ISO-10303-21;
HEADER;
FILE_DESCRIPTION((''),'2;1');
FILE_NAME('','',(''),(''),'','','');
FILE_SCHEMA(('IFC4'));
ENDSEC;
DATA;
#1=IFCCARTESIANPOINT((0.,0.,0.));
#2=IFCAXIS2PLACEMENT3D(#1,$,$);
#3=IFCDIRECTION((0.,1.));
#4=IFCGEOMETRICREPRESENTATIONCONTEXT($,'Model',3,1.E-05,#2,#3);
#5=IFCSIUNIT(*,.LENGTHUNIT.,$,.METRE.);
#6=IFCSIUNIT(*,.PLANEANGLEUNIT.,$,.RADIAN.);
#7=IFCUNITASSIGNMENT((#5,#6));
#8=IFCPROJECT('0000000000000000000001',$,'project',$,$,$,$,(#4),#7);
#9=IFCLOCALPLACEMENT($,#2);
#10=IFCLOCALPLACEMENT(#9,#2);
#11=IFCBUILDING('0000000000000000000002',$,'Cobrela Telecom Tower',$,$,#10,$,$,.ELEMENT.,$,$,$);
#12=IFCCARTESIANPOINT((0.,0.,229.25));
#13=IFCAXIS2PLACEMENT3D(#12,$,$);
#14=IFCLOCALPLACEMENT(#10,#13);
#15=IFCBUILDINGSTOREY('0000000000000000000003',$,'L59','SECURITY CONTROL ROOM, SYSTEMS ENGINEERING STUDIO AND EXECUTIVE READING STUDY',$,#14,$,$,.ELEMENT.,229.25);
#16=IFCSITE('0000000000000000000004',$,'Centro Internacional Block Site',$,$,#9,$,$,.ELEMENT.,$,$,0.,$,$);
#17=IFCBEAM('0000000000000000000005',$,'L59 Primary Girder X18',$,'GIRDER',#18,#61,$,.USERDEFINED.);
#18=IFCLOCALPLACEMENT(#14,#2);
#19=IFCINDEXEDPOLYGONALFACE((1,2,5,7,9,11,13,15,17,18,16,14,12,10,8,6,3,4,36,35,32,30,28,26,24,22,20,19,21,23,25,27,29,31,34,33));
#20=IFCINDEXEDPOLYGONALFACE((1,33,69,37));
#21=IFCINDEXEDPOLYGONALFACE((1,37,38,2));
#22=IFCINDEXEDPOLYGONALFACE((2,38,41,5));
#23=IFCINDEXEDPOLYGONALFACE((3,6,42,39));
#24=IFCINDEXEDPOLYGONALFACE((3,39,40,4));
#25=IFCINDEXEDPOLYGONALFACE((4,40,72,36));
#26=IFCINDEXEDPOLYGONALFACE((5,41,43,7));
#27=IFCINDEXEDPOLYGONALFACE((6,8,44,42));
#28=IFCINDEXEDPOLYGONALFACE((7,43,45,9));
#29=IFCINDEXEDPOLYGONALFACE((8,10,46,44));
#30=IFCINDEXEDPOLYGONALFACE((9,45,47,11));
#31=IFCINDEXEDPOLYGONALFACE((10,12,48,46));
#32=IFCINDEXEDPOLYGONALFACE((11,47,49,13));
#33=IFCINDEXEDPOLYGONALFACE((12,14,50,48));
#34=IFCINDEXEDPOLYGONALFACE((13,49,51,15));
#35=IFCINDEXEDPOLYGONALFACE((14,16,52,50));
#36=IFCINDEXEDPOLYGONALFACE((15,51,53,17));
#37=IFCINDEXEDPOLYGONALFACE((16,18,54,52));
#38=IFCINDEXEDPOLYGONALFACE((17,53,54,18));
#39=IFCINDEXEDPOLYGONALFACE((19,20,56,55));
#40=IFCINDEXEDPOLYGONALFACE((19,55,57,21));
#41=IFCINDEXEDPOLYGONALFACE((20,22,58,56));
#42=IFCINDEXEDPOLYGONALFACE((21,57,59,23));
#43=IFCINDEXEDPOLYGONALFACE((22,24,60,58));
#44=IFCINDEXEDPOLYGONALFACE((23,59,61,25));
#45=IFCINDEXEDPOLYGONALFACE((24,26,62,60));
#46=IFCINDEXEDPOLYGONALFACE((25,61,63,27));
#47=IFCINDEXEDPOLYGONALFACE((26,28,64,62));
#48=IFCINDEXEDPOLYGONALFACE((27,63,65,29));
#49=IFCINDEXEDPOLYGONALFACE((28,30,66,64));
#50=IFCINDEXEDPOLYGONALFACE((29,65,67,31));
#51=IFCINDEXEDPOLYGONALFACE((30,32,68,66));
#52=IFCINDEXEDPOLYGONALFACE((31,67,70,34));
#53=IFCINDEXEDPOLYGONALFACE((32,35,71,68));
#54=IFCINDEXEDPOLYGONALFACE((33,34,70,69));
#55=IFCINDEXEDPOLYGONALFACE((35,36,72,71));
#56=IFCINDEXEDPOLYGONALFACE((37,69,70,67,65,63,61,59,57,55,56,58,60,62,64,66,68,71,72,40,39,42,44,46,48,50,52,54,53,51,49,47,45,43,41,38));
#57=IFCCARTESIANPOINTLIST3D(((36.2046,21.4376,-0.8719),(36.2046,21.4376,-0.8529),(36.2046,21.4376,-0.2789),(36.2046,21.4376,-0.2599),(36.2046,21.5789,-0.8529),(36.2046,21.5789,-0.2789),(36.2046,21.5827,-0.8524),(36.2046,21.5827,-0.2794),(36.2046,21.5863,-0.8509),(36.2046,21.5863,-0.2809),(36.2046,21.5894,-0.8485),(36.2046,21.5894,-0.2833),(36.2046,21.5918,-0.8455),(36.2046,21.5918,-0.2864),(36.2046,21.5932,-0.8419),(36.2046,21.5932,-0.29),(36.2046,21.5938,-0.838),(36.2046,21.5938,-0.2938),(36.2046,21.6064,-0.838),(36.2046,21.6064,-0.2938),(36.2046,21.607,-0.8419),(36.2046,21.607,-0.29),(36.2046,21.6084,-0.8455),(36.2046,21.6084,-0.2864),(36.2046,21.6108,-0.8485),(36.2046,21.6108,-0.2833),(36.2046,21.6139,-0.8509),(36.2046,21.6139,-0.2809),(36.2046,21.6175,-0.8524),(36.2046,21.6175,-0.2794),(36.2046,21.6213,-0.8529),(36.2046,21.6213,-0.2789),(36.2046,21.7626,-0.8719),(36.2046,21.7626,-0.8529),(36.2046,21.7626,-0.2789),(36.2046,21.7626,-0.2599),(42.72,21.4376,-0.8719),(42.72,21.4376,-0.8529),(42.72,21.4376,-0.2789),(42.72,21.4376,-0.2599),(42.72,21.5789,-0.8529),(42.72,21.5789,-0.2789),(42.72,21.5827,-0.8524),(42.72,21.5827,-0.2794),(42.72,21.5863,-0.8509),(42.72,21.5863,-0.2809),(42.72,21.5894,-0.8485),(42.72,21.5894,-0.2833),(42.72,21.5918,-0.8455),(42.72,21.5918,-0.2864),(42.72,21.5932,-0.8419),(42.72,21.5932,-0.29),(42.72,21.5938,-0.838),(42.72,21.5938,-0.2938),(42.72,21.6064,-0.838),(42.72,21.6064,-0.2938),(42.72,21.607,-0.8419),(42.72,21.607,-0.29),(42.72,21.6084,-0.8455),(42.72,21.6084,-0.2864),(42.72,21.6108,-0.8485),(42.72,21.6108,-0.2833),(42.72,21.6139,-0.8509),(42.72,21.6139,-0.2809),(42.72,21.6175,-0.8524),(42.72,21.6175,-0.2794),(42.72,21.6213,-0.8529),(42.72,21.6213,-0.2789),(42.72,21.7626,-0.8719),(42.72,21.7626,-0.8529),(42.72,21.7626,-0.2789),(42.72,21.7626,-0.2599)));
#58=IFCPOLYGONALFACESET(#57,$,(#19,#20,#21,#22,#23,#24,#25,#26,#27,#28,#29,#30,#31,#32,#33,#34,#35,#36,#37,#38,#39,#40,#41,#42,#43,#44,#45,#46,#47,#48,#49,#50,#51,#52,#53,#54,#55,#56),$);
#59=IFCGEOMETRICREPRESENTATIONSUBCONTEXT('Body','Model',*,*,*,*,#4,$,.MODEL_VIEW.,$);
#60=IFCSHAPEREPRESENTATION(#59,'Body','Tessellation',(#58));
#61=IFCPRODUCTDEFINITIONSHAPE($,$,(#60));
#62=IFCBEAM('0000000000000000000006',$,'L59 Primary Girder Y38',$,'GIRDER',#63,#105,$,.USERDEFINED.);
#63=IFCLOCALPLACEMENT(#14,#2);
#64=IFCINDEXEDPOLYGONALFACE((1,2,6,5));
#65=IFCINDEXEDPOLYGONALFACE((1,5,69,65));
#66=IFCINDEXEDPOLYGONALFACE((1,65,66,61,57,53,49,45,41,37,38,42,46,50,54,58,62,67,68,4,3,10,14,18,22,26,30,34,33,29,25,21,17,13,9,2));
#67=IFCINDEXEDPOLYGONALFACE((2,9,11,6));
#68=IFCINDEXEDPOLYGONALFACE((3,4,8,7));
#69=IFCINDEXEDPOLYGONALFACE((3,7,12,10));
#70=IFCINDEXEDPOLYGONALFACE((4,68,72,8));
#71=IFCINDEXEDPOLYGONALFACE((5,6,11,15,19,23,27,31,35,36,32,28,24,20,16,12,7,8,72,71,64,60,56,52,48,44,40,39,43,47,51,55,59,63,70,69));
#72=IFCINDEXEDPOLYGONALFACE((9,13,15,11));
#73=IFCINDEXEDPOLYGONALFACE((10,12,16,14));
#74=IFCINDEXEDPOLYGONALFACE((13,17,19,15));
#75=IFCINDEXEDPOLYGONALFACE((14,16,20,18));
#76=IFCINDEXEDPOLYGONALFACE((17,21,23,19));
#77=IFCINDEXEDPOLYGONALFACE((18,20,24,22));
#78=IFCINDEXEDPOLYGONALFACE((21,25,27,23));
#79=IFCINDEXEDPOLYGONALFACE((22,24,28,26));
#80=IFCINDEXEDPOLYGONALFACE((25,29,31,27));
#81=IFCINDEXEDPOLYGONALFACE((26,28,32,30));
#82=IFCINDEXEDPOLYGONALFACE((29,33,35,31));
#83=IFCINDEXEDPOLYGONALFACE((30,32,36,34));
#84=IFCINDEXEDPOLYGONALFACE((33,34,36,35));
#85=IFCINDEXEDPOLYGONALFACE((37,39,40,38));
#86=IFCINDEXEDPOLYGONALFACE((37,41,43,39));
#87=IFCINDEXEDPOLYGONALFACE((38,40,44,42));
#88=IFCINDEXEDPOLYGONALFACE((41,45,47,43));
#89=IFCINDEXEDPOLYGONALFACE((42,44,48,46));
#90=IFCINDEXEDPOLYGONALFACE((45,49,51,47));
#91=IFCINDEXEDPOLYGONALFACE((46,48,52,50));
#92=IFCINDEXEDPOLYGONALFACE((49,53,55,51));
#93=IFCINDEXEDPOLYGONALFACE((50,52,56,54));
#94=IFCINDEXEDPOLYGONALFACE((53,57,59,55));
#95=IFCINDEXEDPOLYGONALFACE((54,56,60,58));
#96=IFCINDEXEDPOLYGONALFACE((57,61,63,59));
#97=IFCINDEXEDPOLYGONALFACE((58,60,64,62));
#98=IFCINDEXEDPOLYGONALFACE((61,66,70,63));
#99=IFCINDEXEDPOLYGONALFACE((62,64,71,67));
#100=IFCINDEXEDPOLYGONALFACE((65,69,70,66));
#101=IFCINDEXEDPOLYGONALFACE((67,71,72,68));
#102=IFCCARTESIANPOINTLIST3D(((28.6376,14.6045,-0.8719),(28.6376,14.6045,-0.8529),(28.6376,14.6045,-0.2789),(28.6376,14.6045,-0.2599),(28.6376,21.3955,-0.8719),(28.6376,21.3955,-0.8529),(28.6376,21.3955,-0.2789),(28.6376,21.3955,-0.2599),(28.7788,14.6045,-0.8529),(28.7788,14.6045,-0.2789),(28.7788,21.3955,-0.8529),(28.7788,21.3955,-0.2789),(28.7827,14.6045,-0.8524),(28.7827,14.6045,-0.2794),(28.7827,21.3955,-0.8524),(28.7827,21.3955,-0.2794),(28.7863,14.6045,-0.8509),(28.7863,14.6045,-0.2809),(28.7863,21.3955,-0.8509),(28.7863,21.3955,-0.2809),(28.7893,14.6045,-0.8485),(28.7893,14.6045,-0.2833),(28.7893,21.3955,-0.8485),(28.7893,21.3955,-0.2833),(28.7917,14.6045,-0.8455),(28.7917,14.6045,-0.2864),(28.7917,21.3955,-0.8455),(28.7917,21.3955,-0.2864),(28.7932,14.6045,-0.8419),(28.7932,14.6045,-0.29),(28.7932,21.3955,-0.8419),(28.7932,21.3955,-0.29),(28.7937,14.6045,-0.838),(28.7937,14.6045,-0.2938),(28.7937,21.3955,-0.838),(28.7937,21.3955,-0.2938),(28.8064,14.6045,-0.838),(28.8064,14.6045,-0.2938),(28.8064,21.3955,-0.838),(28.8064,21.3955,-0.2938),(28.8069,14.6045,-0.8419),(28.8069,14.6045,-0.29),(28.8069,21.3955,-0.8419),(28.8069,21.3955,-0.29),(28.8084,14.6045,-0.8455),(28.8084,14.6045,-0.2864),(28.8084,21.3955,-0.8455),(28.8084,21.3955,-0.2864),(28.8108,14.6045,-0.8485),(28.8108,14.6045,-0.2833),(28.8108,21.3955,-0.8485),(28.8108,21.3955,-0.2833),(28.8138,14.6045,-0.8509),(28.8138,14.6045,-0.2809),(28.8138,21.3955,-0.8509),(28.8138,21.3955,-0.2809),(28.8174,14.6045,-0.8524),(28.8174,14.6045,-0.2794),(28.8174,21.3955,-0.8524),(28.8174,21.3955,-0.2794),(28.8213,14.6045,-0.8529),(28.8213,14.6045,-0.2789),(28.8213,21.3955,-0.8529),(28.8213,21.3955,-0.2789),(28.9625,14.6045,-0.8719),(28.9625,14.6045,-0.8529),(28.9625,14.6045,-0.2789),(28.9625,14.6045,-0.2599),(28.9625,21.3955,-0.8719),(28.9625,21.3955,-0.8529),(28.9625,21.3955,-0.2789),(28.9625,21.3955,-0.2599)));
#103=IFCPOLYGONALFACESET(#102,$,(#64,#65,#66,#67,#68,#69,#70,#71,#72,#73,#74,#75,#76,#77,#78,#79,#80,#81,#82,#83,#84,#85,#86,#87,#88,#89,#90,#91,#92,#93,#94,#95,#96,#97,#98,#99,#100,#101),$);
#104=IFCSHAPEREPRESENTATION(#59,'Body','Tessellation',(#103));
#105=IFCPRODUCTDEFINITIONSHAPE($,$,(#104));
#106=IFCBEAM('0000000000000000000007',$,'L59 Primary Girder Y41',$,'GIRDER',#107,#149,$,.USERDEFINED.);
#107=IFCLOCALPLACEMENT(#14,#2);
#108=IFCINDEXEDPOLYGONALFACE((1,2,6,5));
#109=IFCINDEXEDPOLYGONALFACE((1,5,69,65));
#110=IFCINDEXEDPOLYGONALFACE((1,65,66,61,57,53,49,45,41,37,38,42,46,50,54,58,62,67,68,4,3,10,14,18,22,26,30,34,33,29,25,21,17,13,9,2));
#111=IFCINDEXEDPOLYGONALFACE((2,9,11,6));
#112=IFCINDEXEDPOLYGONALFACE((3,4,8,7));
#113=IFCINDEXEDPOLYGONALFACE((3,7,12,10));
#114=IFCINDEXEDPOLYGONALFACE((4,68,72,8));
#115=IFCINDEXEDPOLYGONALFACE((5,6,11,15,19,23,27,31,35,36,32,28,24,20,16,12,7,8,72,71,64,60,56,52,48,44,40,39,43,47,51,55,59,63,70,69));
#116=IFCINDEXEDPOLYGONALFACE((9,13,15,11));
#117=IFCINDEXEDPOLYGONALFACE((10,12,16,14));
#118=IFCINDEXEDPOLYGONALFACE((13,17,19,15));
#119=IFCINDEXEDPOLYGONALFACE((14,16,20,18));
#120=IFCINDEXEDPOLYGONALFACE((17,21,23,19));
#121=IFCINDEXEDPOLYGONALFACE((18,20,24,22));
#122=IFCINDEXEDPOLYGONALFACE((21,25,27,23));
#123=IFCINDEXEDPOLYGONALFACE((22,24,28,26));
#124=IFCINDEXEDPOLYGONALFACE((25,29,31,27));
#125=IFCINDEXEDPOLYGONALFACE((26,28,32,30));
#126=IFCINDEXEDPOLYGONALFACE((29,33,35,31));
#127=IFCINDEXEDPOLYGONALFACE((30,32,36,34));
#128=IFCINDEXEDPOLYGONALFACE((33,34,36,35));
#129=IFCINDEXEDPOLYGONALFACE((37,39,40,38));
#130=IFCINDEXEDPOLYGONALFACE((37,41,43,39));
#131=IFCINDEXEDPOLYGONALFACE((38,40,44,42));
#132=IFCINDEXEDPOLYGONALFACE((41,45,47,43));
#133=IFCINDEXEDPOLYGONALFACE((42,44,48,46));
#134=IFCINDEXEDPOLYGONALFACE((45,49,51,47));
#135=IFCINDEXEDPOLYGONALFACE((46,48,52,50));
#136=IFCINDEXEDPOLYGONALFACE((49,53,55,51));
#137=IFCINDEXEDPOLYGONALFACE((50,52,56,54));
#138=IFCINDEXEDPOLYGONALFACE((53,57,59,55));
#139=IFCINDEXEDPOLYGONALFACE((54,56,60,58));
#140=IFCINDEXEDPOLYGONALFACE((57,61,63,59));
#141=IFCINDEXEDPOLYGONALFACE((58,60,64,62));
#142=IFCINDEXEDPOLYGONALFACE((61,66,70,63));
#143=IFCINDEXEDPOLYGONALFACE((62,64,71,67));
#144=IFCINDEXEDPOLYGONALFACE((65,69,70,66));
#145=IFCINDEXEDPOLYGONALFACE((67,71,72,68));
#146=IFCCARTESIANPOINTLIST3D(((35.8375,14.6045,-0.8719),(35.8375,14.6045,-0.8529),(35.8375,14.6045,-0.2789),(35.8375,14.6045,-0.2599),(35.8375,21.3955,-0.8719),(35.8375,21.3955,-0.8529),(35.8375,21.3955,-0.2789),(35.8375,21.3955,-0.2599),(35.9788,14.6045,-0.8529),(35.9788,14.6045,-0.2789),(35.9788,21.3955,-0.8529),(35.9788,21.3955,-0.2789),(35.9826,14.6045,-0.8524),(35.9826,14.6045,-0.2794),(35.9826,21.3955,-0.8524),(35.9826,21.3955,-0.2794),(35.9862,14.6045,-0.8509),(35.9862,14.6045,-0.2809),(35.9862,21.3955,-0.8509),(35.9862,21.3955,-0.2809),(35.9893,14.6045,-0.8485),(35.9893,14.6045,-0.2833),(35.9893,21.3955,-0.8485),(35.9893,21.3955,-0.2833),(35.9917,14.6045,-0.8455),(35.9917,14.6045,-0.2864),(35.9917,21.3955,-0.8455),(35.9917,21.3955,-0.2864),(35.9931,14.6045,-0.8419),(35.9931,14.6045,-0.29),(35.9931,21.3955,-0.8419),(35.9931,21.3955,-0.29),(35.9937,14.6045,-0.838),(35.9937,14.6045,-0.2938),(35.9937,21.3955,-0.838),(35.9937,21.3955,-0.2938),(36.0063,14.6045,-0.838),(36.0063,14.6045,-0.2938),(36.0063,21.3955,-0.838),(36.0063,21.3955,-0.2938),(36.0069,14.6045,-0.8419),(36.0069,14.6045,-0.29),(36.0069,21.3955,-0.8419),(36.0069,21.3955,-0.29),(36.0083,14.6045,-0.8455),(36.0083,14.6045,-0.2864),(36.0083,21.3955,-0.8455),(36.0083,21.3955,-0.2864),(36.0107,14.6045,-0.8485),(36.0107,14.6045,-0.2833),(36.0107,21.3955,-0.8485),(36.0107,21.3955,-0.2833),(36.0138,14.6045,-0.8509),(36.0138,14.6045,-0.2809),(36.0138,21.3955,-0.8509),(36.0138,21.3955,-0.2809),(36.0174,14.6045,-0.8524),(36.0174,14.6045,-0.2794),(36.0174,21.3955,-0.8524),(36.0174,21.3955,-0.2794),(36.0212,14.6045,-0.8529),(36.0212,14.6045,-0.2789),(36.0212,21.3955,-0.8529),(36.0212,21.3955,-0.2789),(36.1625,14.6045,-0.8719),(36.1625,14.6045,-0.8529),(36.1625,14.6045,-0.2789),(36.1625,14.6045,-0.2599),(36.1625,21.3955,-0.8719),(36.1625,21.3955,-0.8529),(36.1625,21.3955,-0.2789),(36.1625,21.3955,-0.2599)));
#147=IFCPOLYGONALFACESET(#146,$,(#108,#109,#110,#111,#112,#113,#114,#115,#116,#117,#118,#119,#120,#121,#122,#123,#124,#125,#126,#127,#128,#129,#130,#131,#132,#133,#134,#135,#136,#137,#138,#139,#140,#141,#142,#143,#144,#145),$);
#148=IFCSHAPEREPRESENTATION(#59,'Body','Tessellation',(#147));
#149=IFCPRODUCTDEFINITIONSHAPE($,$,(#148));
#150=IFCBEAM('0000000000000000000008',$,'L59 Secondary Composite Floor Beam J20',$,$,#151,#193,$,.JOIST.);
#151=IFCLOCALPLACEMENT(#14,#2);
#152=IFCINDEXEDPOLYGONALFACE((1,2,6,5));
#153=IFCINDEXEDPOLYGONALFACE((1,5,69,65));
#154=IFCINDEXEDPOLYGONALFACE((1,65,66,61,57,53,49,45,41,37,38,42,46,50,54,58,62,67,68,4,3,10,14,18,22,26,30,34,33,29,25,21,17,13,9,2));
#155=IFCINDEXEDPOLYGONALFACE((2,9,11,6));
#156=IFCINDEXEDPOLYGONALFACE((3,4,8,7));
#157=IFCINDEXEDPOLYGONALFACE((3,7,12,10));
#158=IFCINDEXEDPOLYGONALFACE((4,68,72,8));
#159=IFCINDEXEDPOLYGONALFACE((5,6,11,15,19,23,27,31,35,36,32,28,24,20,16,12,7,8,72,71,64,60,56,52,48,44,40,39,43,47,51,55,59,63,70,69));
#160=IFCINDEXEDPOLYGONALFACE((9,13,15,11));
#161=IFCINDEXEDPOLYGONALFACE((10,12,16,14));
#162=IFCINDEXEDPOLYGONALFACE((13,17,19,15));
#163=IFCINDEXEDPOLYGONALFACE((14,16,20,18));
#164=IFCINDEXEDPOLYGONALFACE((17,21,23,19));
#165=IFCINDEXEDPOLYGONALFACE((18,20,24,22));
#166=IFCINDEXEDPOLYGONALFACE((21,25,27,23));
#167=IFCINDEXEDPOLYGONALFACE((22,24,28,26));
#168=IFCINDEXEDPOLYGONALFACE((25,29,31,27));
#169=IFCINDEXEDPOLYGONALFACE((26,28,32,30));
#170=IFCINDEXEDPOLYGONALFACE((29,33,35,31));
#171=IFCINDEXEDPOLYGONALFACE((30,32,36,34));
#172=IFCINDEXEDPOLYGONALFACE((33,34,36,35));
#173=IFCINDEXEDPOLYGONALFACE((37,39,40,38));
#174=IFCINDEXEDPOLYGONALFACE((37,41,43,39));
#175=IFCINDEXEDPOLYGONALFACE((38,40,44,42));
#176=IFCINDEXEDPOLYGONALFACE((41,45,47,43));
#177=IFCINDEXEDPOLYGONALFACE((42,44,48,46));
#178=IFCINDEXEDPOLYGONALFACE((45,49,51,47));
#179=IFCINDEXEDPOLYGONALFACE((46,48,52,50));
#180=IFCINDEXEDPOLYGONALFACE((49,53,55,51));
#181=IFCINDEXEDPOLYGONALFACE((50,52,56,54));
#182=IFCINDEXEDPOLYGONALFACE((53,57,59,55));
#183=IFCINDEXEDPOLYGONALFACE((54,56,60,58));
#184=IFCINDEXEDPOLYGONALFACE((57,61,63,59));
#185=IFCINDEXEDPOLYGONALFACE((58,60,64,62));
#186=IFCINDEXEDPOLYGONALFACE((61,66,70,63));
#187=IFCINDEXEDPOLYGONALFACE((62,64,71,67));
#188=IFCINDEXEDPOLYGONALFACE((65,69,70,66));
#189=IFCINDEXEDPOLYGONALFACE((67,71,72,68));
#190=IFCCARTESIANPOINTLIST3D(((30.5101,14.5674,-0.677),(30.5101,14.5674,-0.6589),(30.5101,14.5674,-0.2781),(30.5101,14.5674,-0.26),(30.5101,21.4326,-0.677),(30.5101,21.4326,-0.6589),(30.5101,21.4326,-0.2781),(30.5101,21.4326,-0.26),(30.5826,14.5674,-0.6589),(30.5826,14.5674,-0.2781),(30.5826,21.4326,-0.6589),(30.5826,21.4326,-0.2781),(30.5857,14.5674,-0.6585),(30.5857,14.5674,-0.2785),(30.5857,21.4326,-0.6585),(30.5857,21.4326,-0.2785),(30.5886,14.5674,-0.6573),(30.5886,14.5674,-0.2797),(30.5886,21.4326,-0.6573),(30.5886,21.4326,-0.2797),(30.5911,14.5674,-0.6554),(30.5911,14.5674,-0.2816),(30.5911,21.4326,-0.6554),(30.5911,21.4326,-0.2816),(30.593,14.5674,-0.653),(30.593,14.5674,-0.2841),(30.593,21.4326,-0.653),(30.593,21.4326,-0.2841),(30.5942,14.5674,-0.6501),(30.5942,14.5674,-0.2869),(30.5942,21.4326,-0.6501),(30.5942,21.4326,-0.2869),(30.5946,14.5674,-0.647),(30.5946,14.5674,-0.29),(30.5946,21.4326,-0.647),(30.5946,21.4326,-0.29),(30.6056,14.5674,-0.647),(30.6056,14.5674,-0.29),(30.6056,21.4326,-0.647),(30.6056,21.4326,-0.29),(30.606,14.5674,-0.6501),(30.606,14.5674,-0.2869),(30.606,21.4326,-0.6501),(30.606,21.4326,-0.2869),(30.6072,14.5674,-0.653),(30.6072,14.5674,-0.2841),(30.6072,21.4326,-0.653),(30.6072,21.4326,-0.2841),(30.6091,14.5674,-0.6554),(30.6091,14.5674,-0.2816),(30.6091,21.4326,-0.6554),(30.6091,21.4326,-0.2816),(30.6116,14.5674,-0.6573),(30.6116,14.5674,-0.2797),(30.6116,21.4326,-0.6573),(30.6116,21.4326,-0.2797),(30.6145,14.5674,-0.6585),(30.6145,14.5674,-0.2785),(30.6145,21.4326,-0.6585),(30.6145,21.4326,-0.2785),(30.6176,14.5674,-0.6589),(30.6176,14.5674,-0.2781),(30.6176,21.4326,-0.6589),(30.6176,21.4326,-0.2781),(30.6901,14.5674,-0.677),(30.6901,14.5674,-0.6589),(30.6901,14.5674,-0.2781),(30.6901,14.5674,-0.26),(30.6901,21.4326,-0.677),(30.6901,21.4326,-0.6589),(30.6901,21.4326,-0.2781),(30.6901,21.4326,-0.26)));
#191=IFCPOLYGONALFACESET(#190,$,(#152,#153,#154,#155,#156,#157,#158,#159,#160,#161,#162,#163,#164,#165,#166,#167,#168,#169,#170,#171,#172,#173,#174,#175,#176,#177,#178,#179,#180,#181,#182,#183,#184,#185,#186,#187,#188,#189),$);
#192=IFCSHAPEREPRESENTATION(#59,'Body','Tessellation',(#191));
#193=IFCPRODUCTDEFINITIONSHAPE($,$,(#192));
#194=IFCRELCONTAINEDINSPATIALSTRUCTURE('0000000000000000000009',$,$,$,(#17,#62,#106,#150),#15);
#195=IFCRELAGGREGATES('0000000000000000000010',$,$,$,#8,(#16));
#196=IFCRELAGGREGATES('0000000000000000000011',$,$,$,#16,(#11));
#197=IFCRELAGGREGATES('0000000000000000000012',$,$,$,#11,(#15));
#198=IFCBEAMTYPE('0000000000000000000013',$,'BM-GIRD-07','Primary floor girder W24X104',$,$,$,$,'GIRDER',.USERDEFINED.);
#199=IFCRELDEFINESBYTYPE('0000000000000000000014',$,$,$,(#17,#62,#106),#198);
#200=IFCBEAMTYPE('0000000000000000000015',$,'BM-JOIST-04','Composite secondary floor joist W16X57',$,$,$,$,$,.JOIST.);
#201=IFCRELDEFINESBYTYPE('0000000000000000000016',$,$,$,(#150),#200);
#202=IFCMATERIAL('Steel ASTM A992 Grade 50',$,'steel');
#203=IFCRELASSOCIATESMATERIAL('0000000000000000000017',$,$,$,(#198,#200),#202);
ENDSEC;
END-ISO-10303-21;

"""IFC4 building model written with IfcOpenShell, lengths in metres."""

from ifc_helpers import new_model, si_unit, direction, frame, origin, origin_2d, place, context, subcontext, project, spatial, i_section, extrude, material, material_profile, profile_set, type_object, element, save


model = new_model("IFC4")

# Units and contexts
model_context = context("Model", 3, precision=1e-05, world=origin(), true_north=direction((0.0, 1.0)))
body_context = subcontext(model_context, "Body", "Model", "MODEL_VIEW")
ifc_project = project(units=[si_unit("LENGTHUNIT", "METRE"), si_unit("PLANEANGLEUNIT", "RADIAN")], contexts=[model_context])

# Site, building, storey
site_placement = place(None, origin())
site = spatial("IfcSite", under=ifc_project, at=site_placement, Name="Centro Internacional Block Site", CompositionType="ELEMENT", RefElevation=0.0)
building_placement = place(site_placement, origin())
building = spatial("IfcBuilding", under=site, at=building_placement, Name="Cobrela Telecom Tower", CompositionType="ELEMENT")
storey_placement = place(building_placement, frame((0.0, 0.0, 229.25)))
storey = spatial("IfcBuildingStorey", under=building, at=storey_placement, Name="L59", Description="SECURITY CONTROL ROOM, SYSTEMS ENGINEERING STUDIO AND EXECUTIVE READING STUDY", CompositionType="ELEMENT", Elevation=229.25)

# Shared definitions
ifc_material_1 = material(Name="Steel ASTM A992 Grade 50", Category="steel")

# Beams
ifc_material_profile_1 = material_profile(ifc_material_1, i_section(OverallWidth=0.325, OverallDepth=0.6121, WebThickness=0.0127, FlangeThickness=0.019, FilletRadius=0.0149, at=origin_2d()), Name="W24X104")
ifc_profile_set_1 = profile_set([ifc_material_profile_1], Name="Steel ASTM A992 Grade 50")
beam_type_1 = type_object("IfcBeamType", Name="BM-GIRD-07", Description="Primary floor girder W24X104", ElementType="GIRDER", PredefinedType="USERDEFINED", material=ifc_profile_set_1)
beam_1_placement = place(storey_placement, frame((36.2046, 21.6001, -0.5659), z_axis=(1.0, 0.0, 0.0), x_axis=(0.0, 1.0, 0.0)))
element("IfcBeam", 1, at=beam_1_placement, inside=storey, type_object=beam_type_1, Name="L59 Primary Girder X18", ObjectType="GIRDER", PredefinedType="USERDEFINED", context=body_context, shape_type="SweptSolid", body=[
    extrude(i_section(OverallWidth=0.325, OverallDepth=0.6121, WebThickness=0.0127, FlangeThickness=0.019, FilletRadius=0.0149, at=origin_2d()), origin(), (0.0, 0.0, 1.0), 6.5154),
])
for number, where, z_axis, x_axis, name in (
    (2, (28.8, 14.6045, -0.5659), (0.0, 1.0, 0.0), (-1.0, 0.0, 0.0), "L59 Primary Girder Y38"),
    (3, (36.0, 14.6045, -0.5659), (0.0, 1.0, 0.0), (-1.0, 0.0, 0.0), "L59 Primary Girder Y41"),
):
    element("IfcBeam", number, at=place(storey_placement, frame(where, z_axis=z_axis, x_axis=x_axis)), inside=storey, type_object=beam_type_1, Name=name, ObjectType="GIRDER", PredefinedType="USERDEFINED", context=body_context, shape_type="SweptSolid", body=[
        extrude(i_section(OverallWidth=0.325, OverallDepth=0.6121, WebThickness=0.0127, FlangeThickness=0.019, FilletRadius=0.0149, at=origin_2d()), origin(), (0.0, 0.0, 1.0), 6.791),
    ])
ifc_material_profile_2 = material_profile(ifc_material_1, i_section(OverallWidth=0.1799, OverallDepth=0.417, WebThickness=0.011, FlangeThickness=0.0181, FilletRadius=0.012, at=origin_2d()), Name="W16X57")
ifc_profile_set_2 = profile_set([ifc_material_profile_2], Name="Steel ASTM A992 Grade 50")
beam_type_2 = type_object("IfcBeamType", Name="BM-JOIST-04", Description="Composite secondary floor joist W16X57", PredefinedType="JOIST", material=ifc_profile_set_2)
for number, where, z_axis, x_axis, name in (
    (4, (30.6001, 14.5674, -0.4685), (0.0, 1.0, 0.0), (-1.0, 0.0, 0.0), "L59 Secondary Composite Floor Beam J20"),
):
    element("IfcBeam", number, at=place(storey_placement, frame(where, z_axis=z_axis, x_axis=x_axis)), inside=storey, type_object=beam_type_2, Name=name, PredefinedType="JOIST", context=body_context, shape_type="SweptSolid", body=[
        extrude(i_section(OverallWidth=0.1799, OverallDepth=0.417, WebThickness=0.011, FlangeThickness=0.0181, FilletRadius=0.012, at=origin_2d()), origin(), (0.0, 0.0, 1.0), 6.8652),
    ])

save(model, "model.ifc")
